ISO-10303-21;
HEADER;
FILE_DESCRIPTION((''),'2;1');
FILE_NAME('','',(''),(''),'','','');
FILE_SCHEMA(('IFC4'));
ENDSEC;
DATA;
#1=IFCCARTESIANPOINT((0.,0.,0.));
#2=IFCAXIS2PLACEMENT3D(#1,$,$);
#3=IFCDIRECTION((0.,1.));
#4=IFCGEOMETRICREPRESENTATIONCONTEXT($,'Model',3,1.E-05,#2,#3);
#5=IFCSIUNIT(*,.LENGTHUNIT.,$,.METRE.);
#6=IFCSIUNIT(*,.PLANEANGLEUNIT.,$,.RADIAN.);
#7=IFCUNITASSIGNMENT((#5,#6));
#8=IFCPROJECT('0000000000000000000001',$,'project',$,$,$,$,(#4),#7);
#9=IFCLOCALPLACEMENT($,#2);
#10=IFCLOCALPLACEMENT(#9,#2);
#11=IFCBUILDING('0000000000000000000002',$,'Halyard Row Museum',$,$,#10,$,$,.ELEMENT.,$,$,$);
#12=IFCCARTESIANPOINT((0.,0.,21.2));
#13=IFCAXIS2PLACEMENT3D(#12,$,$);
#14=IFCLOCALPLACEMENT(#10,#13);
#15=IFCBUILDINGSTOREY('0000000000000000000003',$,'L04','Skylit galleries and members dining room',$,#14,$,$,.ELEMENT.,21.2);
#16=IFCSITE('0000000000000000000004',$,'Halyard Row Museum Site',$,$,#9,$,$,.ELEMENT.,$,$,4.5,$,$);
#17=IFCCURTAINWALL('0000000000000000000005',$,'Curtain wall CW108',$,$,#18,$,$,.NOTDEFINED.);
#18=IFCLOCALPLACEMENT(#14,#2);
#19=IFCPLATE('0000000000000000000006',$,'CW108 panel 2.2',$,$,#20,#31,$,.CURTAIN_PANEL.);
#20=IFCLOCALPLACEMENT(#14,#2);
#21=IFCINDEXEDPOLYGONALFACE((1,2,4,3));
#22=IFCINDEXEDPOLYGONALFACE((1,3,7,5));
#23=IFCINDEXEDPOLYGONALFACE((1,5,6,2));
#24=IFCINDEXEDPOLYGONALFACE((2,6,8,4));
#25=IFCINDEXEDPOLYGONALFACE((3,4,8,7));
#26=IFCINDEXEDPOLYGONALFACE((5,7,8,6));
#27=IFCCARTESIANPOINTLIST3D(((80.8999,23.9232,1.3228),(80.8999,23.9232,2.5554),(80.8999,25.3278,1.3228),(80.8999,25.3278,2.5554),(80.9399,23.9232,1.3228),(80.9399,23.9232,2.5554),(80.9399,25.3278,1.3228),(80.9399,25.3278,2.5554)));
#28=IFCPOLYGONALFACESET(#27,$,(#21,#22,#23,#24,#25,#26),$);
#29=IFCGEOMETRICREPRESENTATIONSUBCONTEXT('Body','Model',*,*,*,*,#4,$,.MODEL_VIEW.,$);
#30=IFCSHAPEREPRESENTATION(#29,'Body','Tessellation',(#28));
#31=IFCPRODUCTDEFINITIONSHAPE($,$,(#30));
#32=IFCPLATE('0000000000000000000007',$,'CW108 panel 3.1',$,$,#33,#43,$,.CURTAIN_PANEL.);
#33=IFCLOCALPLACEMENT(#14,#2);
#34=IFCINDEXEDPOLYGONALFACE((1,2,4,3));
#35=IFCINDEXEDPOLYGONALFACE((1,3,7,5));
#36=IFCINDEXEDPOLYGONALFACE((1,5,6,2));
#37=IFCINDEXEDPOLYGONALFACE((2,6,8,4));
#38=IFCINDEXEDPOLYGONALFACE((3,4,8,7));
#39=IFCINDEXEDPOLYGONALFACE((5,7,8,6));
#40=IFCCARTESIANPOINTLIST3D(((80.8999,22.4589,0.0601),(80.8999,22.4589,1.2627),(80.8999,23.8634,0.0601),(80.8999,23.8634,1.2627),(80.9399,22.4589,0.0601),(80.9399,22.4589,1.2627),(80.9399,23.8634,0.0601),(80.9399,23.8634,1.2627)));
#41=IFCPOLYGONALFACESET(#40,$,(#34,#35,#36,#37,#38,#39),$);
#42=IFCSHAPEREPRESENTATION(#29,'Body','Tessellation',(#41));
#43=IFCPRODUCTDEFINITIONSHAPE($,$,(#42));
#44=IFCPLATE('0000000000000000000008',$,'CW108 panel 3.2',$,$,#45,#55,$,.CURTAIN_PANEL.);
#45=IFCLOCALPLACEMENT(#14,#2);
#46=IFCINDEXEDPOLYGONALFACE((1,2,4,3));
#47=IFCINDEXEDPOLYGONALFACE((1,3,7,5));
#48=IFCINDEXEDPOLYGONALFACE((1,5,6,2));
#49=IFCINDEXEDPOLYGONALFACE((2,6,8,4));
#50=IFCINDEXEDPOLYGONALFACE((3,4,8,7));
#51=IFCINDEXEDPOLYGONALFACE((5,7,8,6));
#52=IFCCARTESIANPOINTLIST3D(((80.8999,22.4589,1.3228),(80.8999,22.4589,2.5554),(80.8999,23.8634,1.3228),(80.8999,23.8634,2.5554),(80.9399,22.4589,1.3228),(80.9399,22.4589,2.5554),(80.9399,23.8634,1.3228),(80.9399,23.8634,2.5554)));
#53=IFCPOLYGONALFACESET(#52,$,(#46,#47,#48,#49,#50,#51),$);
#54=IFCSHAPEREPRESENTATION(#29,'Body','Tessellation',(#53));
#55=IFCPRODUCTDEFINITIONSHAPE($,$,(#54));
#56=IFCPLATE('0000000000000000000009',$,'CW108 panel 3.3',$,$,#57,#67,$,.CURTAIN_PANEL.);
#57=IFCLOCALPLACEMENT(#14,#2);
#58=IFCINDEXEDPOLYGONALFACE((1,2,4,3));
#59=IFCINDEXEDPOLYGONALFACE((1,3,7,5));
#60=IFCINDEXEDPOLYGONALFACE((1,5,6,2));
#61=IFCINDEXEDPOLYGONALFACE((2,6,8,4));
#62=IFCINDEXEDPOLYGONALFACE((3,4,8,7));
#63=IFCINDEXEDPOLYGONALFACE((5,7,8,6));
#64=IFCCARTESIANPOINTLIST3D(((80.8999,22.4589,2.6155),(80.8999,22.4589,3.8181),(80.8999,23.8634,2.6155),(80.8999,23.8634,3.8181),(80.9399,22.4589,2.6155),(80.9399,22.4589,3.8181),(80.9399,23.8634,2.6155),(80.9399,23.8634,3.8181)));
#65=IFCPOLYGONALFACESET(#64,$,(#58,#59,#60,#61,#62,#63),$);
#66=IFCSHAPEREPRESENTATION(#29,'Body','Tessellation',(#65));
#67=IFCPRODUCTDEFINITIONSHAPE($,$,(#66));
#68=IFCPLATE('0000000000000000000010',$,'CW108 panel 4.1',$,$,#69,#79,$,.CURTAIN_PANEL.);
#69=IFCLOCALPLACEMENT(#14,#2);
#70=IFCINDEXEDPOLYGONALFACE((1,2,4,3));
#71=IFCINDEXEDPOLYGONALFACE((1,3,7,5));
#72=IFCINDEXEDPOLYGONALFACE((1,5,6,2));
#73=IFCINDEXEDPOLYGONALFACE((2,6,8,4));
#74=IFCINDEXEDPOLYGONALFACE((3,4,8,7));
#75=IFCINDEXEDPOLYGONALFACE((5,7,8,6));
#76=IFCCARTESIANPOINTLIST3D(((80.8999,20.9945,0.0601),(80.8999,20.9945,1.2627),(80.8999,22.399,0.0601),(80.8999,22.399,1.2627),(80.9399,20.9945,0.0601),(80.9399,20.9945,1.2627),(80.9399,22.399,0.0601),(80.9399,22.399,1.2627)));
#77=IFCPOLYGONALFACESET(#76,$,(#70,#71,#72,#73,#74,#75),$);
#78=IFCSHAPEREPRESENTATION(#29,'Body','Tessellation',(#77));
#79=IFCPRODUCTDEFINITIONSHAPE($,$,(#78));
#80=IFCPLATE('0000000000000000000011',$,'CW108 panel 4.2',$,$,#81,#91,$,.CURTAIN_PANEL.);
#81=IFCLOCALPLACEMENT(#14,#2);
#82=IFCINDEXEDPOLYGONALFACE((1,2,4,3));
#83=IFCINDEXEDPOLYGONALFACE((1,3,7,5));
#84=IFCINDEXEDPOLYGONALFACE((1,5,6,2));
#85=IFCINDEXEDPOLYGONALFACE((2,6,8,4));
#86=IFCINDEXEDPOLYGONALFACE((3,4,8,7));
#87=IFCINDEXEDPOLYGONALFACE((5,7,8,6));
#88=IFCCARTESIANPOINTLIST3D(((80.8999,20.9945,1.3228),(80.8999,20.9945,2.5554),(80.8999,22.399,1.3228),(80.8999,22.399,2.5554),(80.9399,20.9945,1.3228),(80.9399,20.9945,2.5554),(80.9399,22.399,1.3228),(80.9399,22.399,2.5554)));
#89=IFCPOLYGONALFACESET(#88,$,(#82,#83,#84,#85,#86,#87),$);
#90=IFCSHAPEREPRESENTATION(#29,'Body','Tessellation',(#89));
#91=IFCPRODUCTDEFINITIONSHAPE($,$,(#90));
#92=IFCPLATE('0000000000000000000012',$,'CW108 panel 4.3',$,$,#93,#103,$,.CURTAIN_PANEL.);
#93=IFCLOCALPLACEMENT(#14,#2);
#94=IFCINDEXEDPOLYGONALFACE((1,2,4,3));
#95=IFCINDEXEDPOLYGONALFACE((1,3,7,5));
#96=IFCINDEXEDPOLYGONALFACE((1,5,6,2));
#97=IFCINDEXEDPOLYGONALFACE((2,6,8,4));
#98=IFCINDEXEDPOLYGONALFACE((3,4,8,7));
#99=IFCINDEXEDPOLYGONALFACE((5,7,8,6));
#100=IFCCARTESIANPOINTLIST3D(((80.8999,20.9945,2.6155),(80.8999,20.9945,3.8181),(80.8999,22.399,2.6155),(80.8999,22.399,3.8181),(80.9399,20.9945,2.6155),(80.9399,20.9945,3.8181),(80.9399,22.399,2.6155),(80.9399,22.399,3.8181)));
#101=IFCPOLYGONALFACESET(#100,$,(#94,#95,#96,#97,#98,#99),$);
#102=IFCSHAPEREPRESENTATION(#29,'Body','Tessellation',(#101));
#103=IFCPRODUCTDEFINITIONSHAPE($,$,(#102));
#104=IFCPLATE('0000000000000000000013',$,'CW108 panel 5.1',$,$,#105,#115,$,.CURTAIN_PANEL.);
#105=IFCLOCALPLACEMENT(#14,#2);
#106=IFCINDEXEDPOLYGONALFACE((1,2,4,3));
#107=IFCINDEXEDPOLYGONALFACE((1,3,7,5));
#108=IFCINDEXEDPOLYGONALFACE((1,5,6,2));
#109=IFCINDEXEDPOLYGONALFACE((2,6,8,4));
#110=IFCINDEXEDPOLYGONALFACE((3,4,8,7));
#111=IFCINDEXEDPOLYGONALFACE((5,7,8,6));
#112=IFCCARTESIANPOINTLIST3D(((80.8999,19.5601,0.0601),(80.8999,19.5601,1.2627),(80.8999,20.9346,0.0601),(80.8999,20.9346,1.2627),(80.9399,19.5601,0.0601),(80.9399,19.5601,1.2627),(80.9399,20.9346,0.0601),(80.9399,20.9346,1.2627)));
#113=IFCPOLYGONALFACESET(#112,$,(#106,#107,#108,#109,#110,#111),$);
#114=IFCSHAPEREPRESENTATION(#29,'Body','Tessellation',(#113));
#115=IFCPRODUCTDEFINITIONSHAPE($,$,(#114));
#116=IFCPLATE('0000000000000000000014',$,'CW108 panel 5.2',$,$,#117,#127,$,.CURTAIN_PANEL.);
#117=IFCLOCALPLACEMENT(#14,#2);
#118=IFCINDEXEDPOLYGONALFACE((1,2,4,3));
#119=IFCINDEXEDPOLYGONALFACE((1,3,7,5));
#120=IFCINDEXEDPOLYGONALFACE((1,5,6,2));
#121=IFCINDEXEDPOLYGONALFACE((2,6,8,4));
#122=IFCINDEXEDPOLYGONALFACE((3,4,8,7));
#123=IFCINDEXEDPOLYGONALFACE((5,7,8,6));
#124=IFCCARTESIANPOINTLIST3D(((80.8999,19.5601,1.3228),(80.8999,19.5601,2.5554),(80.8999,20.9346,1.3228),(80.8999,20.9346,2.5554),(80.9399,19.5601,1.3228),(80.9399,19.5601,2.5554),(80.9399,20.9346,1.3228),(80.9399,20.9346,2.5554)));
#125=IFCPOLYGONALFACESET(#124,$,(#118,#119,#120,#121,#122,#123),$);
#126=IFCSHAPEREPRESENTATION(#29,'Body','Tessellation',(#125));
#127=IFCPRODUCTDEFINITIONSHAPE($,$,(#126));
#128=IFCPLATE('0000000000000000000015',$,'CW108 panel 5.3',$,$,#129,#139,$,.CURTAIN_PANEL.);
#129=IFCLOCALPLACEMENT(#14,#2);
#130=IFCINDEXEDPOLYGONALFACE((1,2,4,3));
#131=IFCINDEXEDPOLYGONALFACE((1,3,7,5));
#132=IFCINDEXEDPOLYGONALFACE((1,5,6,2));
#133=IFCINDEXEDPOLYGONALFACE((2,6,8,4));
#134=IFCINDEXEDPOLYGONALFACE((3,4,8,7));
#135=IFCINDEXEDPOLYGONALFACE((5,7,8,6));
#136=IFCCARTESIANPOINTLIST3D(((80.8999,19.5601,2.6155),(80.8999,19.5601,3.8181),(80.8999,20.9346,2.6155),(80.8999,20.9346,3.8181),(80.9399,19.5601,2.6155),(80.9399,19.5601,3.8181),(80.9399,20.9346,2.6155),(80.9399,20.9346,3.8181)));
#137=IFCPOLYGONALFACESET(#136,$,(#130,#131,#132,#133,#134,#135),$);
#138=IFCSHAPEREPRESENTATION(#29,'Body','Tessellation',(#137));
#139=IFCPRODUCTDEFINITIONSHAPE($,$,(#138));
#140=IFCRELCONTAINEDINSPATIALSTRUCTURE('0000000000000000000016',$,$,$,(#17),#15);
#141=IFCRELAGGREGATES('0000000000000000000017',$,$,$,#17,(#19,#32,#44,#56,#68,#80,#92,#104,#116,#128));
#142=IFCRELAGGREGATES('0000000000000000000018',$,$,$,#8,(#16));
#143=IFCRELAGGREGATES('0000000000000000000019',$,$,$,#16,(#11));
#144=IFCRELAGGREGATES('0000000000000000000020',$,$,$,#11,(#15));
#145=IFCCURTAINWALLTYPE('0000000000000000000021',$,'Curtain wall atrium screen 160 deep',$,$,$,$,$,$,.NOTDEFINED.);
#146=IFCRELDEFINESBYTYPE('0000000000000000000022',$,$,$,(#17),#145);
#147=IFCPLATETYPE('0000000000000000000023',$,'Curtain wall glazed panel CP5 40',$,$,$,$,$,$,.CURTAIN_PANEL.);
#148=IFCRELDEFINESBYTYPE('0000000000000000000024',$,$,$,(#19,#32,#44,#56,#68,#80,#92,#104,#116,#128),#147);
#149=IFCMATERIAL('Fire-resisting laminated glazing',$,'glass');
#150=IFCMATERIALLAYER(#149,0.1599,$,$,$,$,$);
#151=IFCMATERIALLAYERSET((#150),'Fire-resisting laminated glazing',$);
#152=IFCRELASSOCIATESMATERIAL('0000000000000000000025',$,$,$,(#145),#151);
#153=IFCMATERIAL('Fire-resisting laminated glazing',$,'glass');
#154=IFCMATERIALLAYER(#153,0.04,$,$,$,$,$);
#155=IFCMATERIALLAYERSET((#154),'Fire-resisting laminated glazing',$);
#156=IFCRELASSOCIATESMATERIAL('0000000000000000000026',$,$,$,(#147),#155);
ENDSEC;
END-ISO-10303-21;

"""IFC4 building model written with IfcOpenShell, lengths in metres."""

from ifc_helpers import new_model, si_unit, direction, frame, origin, origin_2d, place, context, subcontext, project, spatial, rectangle, extrude, material, layer, layer_set, type_object, element, aggregate, save


model = new_model("IFC4")

# Units and contexts
model_context = context("Model", 3, precision=1e-05, world=origin(), true_north=direction((0.0, 1.0)))
body_context = subcontext(model_context, "Body", "Model", "MODEL_VIEW")
ifc_project = project(units=[si_unit("LENGTHUNIT", "METRE"), si_unit("PLANEANGLEUNIT", "RADIAN")], contexts=[model_context])

# Site, building, storey
site_placement = place(None, origin())
site = spatial("IfcSite", under=ifc_project, at=site_placement, Name="Halyard Row Museum Site", CompositionType="ELEMENT", RefElevation=4.5)
building_placement = place(site_placement, origin())
building = spatial("IfcBuilding", under=site, at=building_placement, Name="Halyard Row Museum", CompositionType="ELEMENT")
storey_placement = place(building_placement, frame((0.0, 0.0, 21.2)))
storey = spatial("IfcBuildingStorey", under=building, at=storey_placement, Name="L04", Description="Skylit galleries and members dining room", CompositionType="ELEMENT", Elevation=21.2)

# Curtain wall
ifc_material_1 = material(Name="Fire-resisting laminated glazing", Category="glass")
ifc_layer_1 = layer(ifc_material_1, 0.1599)
ifc_layer_set_1 = layer_set([ifc_layer_1], Name="Fire-resisting laminated glazing")
curtain_wall_type = type_object("IfcCurtainWallType", Name="Curtain wall atrium screen 160 deep", PredefinedType="NOTDEFINED", material=ifc_layer_set_1)
curtain_wall_placement = place(storey_placement, origin())
curtain_wall = element("IfcCurtainWall", 1, at=curtain_wall_placement, inside=storey, type_object=curtain_wall_type, Name="Curtain wall CW108", PredefinedType="NOTDEFINED")

# Plates
ifc_material_2 = material(Name="Fire-resisting laminated glazing", Category="glass")
ifc_layer_2 = layer(ifc_material_2, 0.04)
ifc_layer_set_2 = layer_set([ifc_layer_2], Name="Fire-resisting laminated glazing")
plate_type = type_object("IfcPlateType", Name="Curtain wall glazed panel CP5 40", PredefinedType="CURTAIN_PANEL", material=ifc_layer_set_2)
plate_1_placement = place(storey_placement, frame((80.9199, 24.6255, 1.3228), z_axis=(0.0, 0.0, 1.0), x_axis=(0.0, -1.0, 0.0)))
plate_1 = element("IfcPlate", 2, at=plate_1_placement, type_object=plate_type, Name="CW108 panel 2.2", PredefinedType="CURTAIN_PANEL", context=body_context, shape_type="SweptSolid", body=[
    extrude(rectangle(XDim=1.4045, YDim=0.04, at=origin_2d()), origin(), (0.0, 0.0, 1.0), 1.2327),
])
plate_2_placement = place(storey_placement, frame((80.9199, 23.1611, 0.0601), z_axis=(0.0, 0.0, 1.0), x_axis=(0.0, -1.0, 0.0)))
plate_2 = element("IfcPlate", 3, at=plate_2_placement, type_object=plate_type, Name="CW108 panel 3.1", PredefinedType="CURTAIN_PANEL", context=body_context, shape_type="SweptSolid", body=[
    extrude(rectangle(XDim=1.4045, YDim=0.04, at=origin_2d()), origin(), (0.0, 0.0, 1.0), 1.2026),
])
plate_3_placement = place(storey_placement, frame((80.9199, 23.1611, 1.3228), z_axis=(0.0, 0.0, 1.0), x_axis=(0.0, -1.0, 0.0)))
plate_3 = element("IfcPlate", 4, at=plate_3_placement, type_object=plate_type, Name="CW108 panel 3.2", PredefinedType="CURTAIN_PANEL", context=body_context, shape_type="SweptSolid", body=[
    extrude(rectangle(XDim=1.4045, YDim=0.04, at=origin_2d()), origin(), (0.0, 0.0, 1.0), 1.2327),
])
plate_4_placement = place(storey_placement, frame((80.9199, 23.1611, 2.6155), z_axis=(0.0, 0.0, 1.0), x_axis=(0.0, -1.0, 0.0)))
plate_4 = element("IfcPlate", 5, at=plate_4_placement, type_object=plate_type, Name="CW108 panel 3.3", PredefinedType="CURTAIN_PANEL", context=body_context, shape_type="SweptSolid", body=[
    extrude(rectangle(XDim=1.4045, YDim=0.04, at=origin_2d()), origin(), (0.0, 0.0, 1.0), 1.2026),
])
plate_5_placement = place(storey_placement, frame((80.9199, 21.6968, 0.0601), z_axis=(0.0, 0.0, 1.0), x_axis=(0.0, -1.0, 0.0)))
plate_5 = element("IfcPlate", 6, at=plate_5_placement, type_object=plate_type, Name="CW108 panel 4.1", PredefinedType="CURTAIN_PANEL", context=body_context, shape_type="SweptSolid", body=[
    extrude(rectangle(XDim=1.4045, YDim=0.04, at=origin_2d()), origin(), (0.0, 0.0, 1.0), 1.2026),
])
plate_6_placement = place(storey_placement, frame((80.9199, 21.6968, 1.3228), z_axis=(0.0, 0.0, 1.0), x_axis=(0.0, -1.0, 0.0)))
plate_6 = element("IfcPlate", 7, at=plate_6_placement, type_object=plate_type, Name="CW108 panel 4.2", PredefinedType="CURTAIN_PANEL", context=body_context, shape_type="SweptSolid", body=[
    extrude(rectangle(XDim=1.4045, YDim=0.04, at=origin_2d()), origin(), (0.0, 0.0, 1.0), 1.2327),
])
plate_7_placement = place(storey_placement, frame((80.9199, 21.6968, 2.6155), z_axis=(0.0, 0.0, 1.0), x_axis=(0.0, -1.0, 0.0)))
plate_7 = element("IfcPlate", 8, at=plate_7_placement, type_object=plate_type, Name="CW108 panel 4.3", PredefinedType="CURTAIN_PANEL", context=body_context, shape_type="SweptSolid", body=[
    extrude(rectangle(XDim=1.4045, YDim=0.04, at=origin_2d()), origin(), (0.0, 0.0, 1.0), 1.2026),
])
plate_8_placement = place(storey_placement, frame((80.9199, 20.2473, 0.0601), z_axis=(0.0, 0.0, 1.0), x_axis=(0.0, -1.0, 0.0)))
plate_8 = element("IfcPlate", 9, at=plate_8_placement, type_object=plate_type, Name="CW108 panel 5.1", PredefinedType="CURTAIN_PANEL", context=body_context, shape_type="SweptSolid", body=[
    extrude(rectangle(XDim=1.3745, YDim=0.04, at=origin_2d()), origin(), (0.0, 0.0, 1.0), 1.2026),
])
plate_9_placement = place(storey_placement, frame((80.9199, 20.2473, 1.3228), z_axis=(0.0, 0.0, 1.0), x_axis=(0.0, -1.0, 0.0)))
plate_9 = element("IfcPlate", 10, at=plate_9_placement, type_object=plate_type, Name="CW108 panel 5.2", PredefinedType="CURTAIN_PANEL", context=body_context, shape_type="SweptSolid", body=[
    extrude(rectangle(XDim=1.3745, YDim=0.04, at=origin_2d()), origin(), (0.0, 0.0, 1.0), 1.2327),
])
plate_10_placement = place(storey_placement, frame((80.9199, 20.2473, 2.6155), z_axis=(0.0, 0.0, 1.0), x_axis=(0.0, -1.0, 0.0)))
plate_10 = element("IfcPlate", 11, at=plate_10_placement, type_object=plate_type, Name="CW108 panel 5.3", PredefinedType="CURTAIN_PANEL", context=body_context, shape_type="SweptSolid", body=[
    extrude(rectangle(XDim=1.3745, YDim=0.04, at=origin_2d()), origin(), (0.0, 0.0, 1.0), 1.2026),
])
aggregate(curtain_wall, [plate_1, plate_2, plate_3, plate_4, plate_5, plate_6, plate_7, plate_8, plate_9, plate_10])

save(model, "model.ifc")
